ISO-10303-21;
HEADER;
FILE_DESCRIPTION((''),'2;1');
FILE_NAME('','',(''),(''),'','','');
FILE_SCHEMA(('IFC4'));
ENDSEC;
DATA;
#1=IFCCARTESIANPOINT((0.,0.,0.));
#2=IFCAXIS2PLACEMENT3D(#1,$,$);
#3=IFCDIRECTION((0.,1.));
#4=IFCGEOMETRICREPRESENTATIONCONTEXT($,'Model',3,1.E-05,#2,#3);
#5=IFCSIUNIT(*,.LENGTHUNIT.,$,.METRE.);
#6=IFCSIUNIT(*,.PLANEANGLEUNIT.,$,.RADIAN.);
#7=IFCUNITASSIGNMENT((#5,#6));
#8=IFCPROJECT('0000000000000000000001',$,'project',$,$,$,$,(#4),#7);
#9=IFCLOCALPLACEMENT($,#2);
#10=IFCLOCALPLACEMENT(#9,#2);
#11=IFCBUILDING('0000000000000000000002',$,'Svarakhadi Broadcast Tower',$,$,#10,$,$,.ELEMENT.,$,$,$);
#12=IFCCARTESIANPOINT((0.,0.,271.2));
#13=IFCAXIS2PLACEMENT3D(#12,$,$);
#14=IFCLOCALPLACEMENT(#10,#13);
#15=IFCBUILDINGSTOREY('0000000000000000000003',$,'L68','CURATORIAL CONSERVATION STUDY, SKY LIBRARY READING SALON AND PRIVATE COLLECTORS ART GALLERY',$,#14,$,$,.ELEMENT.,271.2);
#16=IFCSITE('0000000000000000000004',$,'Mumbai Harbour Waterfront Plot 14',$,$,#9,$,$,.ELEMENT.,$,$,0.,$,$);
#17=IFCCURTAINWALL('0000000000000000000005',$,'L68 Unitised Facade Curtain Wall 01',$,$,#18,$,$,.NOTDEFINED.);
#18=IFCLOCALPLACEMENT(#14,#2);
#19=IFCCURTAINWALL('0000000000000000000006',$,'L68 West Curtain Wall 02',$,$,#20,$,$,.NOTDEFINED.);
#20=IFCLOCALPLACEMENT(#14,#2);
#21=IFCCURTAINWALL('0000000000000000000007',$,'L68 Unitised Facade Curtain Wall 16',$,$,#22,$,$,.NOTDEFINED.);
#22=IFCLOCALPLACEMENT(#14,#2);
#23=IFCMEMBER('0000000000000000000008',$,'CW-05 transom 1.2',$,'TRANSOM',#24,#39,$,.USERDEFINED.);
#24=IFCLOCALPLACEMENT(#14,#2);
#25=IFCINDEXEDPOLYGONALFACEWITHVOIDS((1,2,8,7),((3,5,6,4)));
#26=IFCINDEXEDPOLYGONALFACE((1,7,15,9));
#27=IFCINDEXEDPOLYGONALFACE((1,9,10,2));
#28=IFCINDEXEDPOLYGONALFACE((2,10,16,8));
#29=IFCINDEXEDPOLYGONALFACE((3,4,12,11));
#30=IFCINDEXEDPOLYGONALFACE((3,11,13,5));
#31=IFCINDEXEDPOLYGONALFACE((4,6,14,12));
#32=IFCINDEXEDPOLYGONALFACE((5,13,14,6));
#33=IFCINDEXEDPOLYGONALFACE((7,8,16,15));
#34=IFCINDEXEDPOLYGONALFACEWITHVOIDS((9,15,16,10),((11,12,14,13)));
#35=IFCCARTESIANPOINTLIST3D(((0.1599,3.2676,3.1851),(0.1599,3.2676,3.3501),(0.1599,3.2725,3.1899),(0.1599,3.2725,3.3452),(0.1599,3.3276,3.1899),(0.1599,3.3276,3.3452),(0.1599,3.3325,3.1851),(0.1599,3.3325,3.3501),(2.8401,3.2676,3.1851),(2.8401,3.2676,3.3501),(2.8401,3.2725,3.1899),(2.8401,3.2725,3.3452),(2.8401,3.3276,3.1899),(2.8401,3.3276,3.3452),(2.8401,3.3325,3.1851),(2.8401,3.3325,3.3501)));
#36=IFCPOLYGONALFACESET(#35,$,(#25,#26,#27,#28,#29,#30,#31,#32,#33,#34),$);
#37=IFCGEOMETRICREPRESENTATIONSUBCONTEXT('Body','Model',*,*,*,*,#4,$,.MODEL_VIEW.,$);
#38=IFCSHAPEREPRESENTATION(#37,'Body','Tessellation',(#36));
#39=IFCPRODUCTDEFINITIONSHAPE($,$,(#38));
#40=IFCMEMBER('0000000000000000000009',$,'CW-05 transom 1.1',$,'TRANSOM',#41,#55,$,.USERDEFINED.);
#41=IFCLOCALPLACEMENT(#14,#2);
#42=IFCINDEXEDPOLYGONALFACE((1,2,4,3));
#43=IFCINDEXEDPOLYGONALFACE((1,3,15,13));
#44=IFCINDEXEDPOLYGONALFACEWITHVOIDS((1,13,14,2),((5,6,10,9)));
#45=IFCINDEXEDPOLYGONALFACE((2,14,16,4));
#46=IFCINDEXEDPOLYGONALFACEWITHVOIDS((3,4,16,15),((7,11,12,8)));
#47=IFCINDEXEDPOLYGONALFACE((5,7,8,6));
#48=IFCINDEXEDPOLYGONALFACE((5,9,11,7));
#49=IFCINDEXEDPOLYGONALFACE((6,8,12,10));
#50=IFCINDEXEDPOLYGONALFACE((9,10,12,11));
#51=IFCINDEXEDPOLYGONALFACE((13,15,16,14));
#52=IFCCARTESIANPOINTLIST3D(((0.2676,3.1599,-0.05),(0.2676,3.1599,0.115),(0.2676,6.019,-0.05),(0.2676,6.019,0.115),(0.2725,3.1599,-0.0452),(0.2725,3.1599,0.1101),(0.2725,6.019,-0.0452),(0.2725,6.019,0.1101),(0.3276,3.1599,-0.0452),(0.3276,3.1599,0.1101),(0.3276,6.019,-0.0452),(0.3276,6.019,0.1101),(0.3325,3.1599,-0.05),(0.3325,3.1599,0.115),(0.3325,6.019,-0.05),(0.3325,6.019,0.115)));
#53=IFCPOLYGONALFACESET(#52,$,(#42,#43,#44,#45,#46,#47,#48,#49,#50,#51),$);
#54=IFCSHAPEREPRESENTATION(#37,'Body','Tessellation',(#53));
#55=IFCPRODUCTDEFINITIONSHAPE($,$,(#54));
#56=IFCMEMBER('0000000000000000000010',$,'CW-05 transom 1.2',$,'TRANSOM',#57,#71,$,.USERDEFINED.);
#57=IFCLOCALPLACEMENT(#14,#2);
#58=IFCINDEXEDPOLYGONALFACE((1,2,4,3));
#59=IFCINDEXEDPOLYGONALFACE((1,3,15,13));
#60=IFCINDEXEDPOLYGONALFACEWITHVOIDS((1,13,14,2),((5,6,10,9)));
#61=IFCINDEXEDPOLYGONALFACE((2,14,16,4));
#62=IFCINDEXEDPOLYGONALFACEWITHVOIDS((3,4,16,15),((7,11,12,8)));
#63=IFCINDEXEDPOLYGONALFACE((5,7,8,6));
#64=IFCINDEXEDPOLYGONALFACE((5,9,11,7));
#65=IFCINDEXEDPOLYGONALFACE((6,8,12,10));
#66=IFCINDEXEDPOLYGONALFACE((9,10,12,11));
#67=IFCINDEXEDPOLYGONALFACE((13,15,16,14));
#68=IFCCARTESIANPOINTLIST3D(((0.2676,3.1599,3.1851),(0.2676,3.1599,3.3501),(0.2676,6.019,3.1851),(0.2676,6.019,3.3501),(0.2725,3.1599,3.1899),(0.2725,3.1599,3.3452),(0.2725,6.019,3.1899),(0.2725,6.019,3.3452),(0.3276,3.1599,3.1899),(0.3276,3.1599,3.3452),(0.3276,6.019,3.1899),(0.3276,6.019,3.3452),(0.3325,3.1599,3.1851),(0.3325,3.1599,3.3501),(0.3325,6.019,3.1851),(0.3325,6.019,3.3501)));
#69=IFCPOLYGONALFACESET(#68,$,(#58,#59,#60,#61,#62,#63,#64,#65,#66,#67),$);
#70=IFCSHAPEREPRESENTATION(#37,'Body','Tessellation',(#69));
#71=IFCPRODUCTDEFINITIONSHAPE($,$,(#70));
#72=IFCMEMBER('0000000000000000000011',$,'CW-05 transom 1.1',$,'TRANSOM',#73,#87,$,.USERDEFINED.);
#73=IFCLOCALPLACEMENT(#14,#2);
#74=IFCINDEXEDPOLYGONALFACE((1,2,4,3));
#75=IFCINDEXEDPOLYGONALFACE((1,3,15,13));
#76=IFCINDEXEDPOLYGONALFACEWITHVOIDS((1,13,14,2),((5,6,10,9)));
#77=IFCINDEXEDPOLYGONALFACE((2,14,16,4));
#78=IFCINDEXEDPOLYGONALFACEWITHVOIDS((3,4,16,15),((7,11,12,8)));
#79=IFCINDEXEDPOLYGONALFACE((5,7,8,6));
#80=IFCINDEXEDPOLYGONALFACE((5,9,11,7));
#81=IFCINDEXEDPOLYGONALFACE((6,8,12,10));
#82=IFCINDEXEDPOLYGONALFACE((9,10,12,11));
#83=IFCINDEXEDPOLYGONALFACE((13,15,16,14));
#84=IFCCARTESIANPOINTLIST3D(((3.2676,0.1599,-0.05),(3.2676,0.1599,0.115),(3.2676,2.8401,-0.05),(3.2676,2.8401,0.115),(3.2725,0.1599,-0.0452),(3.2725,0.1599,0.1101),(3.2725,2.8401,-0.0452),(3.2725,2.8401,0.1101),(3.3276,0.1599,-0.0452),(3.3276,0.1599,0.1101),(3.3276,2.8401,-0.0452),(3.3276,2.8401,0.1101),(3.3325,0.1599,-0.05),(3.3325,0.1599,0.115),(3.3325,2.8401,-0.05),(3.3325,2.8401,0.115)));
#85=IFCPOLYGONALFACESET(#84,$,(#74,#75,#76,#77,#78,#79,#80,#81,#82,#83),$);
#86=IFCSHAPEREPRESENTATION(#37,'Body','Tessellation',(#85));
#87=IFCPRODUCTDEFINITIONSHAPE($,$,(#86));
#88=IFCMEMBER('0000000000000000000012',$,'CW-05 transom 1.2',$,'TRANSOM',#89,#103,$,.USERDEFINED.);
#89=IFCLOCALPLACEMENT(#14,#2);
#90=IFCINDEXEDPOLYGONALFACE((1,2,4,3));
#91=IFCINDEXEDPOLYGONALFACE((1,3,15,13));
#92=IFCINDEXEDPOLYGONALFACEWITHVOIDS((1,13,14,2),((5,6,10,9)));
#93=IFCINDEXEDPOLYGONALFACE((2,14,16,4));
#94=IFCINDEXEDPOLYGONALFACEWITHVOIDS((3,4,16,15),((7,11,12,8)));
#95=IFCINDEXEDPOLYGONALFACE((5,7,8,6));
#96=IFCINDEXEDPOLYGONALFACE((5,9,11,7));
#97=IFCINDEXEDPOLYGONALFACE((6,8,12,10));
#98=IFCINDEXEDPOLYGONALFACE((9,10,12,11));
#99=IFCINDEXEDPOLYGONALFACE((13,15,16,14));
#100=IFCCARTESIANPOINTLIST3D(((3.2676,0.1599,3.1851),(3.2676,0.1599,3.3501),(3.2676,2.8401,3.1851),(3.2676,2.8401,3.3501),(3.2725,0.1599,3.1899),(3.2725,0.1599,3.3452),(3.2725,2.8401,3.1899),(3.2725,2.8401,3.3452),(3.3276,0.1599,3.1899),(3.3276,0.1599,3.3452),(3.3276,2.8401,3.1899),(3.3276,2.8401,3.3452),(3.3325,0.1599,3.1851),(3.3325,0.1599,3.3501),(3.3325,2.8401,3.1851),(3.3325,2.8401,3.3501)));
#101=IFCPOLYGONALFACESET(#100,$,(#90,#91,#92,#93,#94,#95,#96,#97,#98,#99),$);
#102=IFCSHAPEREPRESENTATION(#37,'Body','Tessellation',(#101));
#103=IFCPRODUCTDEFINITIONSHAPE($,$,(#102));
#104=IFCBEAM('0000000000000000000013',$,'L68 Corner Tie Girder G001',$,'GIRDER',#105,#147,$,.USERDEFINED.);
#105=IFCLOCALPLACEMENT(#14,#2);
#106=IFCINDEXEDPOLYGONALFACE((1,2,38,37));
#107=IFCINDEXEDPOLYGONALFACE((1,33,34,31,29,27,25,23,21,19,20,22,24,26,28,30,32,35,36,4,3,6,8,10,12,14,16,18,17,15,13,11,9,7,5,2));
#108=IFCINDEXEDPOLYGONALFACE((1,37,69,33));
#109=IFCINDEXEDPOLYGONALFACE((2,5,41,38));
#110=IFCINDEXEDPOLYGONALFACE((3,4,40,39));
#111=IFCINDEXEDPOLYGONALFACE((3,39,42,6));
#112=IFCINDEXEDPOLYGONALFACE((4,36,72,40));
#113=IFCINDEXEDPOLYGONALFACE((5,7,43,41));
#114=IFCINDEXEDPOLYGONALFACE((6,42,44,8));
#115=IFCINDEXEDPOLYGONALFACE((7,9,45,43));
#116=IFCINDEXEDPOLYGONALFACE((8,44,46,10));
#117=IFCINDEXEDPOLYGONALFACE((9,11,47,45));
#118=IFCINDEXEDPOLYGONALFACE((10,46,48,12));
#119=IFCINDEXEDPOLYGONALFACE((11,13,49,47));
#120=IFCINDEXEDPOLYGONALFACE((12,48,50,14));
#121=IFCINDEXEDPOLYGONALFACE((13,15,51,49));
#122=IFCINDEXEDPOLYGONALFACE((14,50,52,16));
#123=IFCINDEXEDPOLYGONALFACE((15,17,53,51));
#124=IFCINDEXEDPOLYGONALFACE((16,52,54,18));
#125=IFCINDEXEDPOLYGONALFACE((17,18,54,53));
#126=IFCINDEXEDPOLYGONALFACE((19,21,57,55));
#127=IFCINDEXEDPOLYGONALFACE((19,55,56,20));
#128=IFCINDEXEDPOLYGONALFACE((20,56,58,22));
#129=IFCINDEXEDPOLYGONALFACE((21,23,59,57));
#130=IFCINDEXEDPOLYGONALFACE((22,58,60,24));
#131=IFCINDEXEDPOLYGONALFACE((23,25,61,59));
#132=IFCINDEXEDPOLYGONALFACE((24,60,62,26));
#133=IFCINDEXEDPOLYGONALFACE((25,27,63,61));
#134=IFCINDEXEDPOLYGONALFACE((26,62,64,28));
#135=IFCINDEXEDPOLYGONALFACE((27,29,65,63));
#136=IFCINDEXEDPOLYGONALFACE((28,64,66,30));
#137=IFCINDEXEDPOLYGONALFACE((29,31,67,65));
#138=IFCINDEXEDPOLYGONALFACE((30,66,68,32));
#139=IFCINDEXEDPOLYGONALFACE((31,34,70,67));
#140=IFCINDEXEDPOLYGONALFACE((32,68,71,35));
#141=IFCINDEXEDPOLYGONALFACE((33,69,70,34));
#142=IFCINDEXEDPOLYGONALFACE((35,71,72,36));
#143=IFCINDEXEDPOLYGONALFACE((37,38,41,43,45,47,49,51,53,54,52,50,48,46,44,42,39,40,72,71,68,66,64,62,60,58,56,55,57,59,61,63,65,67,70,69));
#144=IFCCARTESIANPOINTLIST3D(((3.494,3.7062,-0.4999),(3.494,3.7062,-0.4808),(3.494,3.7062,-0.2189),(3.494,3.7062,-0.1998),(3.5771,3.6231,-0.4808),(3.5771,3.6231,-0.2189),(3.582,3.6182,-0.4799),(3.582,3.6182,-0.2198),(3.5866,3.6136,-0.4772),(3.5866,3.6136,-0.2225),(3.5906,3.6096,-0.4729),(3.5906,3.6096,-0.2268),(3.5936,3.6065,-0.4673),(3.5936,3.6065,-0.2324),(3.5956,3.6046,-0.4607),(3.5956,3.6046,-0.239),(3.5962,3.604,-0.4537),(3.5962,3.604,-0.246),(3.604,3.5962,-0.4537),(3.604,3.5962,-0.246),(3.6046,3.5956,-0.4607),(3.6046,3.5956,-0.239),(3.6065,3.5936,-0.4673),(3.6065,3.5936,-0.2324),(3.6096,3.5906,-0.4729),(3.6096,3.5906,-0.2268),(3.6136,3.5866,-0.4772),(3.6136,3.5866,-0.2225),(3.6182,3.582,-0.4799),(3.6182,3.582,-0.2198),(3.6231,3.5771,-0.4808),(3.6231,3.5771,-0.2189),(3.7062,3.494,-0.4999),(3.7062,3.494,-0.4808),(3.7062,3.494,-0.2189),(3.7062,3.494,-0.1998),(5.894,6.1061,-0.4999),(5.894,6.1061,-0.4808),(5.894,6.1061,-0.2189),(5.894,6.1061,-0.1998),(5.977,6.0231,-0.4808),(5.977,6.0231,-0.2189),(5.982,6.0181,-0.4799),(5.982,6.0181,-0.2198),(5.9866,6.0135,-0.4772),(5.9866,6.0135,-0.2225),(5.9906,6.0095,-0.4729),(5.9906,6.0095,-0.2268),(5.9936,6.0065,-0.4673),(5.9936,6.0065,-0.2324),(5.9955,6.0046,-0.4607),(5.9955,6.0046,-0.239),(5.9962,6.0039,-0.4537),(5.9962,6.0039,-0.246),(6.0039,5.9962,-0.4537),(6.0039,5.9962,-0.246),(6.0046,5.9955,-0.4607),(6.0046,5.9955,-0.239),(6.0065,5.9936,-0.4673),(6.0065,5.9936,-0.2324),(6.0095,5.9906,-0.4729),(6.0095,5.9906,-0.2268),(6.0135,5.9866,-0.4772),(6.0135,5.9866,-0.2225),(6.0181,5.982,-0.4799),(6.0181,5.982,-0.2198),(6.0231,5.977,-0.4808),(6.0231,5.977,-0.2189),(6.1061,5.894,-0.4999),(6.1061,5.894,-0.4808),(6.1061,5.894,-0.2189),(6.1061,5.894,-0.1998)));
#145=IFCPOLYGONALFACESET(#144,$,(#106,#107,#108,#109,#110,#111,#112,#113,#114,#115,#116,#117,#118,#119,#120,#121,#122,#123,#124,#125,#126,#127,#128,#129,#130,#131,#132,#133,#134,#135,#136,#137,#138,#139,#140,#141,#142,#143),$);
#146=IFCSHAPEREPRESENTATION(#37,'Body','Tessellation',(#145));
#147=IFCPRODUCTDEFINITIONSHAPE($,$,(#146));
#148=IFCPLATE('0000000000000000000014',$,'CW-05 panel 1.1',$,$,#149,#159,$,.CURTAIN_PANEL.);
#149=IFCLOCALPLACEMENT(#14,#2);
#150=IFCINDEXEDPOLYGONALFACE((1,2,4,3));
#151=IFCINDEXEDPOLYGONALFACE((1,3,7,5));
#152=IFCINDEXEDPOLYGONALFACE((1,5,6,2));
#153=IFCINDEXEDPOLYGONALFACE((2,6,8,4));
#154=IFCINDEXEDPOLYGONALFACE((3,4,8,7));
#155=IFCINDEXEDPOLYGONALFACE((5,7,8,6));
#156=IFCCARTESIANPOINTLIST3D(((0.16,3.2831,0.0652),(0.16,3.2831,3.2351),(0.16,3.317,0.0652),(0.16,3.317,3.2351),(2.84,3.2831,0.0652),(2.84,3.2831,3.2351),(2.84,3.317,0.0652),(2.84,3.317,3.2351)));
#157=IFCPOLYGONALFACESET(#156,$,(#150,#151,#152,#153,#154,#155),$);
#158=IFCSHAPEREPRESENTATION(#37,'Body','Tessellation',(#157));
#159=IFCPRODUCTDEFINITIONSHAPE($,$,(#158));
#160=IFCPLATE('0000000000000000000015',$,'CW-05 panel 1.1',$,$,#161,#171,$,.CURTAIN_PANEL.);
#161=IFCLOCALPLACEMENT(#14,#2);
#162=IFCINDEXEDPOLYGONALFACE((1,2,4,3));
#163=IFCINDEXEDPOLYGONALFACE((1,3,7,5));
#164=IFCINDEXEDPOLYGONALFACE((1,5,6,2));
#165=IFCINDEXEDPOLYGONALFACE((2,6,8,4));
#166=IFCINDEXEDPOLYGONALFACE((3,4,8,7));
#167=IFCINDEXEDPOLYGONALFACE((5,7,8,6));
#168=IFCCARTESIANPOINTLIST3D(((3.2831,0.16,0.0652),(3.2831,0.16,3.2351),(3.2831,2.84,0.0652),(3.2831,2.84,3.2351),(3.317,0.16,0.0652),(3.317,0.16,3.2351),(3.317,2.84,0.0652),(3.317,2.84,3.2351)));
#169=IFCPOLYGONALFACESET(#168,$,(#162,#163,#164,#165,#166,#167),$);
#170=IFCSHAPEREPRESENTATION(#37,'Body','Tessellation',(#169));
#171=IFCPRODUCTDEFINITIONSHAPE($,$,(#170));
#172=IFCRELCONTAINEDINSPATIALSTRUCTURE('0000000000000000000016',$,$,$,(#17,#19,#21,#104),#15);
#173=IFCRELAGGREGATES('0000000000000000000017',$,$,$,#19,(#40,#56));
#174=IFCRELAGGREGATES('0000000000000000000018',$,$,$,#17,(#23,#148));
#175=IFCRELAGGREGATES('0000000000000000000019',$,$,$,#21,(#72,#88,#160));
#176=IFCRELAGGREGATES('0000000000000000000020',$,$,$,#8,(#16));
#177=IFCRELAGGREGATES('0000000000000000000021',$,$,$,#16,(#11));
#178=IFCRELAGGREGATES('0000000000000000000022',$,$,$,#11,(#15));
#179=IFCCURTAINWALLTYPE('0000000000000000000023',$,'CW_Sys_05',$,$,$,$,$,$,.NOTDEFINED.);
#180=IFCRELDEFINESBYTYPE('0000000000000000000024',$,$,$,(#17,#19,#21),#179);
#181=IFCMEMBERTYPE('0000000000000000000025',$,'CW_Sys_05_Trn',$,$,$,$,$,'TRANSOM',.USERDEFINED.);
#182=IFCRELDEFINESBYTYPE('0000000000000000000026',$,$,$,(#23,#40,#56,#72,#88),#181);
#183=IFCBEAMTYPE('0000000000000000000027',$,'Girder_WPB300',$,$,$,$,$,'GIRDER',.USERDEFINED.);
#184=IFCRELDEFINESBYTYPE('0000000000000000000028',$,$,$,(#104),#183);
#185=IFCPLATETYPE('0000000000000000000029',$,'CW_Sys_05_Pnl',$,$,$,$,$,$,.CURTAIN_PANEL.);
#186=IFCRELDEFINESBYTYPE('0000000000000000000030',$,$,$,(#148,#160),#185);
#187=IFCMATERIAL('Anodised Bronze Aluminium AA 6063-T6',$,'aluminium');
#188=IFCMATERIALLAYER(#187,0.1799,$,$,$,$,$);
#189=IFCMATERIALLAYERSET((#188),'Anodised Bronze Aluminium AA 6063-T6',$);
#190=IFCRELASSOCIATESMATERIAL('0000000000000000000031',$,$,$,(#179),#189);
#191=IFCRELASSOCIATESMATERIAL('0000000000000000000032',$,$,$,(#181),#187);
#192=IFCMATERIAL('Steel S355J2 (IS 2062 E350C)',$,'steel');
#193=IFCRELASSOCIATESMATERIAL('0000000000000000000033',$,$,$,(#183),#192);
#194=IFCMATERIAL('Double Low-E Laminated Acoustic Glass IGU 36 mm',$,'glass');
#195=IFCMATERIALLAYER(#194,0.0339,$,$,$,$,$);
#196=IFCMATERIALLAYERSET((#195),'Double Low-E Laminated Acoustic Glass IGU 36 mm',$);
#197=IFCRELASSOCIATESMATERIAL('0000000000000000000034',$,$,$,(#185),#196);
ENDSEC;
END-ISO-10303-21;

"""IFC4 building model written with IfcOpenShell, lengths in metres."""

from ifc_helpers import new_model, si_unit, direction, frame, origin, origin_2d, place, context, subcontext, project, spatial, rectangle, hollow_rectangle, i_section, extrude, material, layer, layer_set, material_profile, profile_set, type_object, element, aggregate, save


model = new_model("IFC4")

# Units and contexts
model_context = context("Model", 3, precision=1e-05, world=origin(), true_north=direction((0.0, 1.0)))
body_context = subcontext(model_context, "Body", "Model", "MODEL_VIEW")
ifc_project = project(units=[si_unit("LENGTHUNIT", "METRE"), si_unit("PLANEANGLEUNIT", "RADIAN")], contexts=[model_context])

# Site, building, storey
site_placement = place(None, origin())
site = spatial("IfcSite", under=ifc_project, at=site_placement, Name="Mumbai Harbour Waterfront Plot 14", CompositionType="ELEMENT", RefElevation=0.0)
building_placement = place(site_placement, origin())
building = spatial("IfcBuilding", under=site, at=building_placement, Name="Svarakhadi Broadcast Tower", CompositionType="ELEMENT")
storey_placement = place(building_placement, frame((0.0, 0.0, 271.2)))
storey = spatial("IfcBuildingStorey", under=building, at=storey_placement, Name="L68", Description="CURATORIAL CONSERVATION STUDY, SKY LIBRARY READING SALON AND PRIVATE COLLECTORS ART GALLERY", CompositionType="ELEMENT", Elevation=271.2)

# Curtain wall
ifc_material_1 = material(Name="Anodised Bronze Aluminium AA 6063-T6", Category="aluminium")
ifc_layer_1 = layer(ifc_material_1, 0.1799)
ifc_layer_set_1 = layer_set([ifc_layer_1], Name="Anodised Bronze Aluminium AA 6063-T6")
curtain_wall_type = type_object("IfcCurtainWallType", Name="CW_Sys_05", PredefinedType="NOTDEFINED", material=ifc_layer_set_1)
curtain_wall_1_placement = place(storey_placement, origin())
curtain_wall_1 = element("IfcCurtainWall", 1, at=curtain_wall_1_placement, inside=storey, type_object=curtain_wall_type, Name="L68 Unitised Facade Curtain Wall 01", PredefinedType="NOTDEFINED")

# Curtain wall
curtain_wall_2_placement = place(storey_placement, origin())
curtain_wall_2 = element("IfcCurtainWall", 2, at=curtain_wall_2_placement, inside=storey, type_object=curtain_wall_type, Name="L68 West Curtain Wall 02", PredefinedType="NOTDEFINED")

# Curtain wall
curtain_wall_3_placement = place(storey_placement, origin())
curtain_wall_3 = element("IfcCurtainWall", 3, at=curtain_wall_3_placement, inside=storey, type_object=curtain_wall_type, Name="L68 Unitised Facade Curtain Wall 16", PredefinedType="NOTDEFINED")

# Members
ifc_material_profile_1 = material_profile(ifc_material_1, hollow_rectangle(XDim=0.0649, YDim=0.165, WallThickness=0.0049, at=origin_2d()), Name="ALU TRANSOM 165x65x5")
ifc_profile_set_1 = profile_set([ifc_material_profile_1], Name="Anodised Bronze Aluminium AA 6063-T6")
member_type_1 = type_object("IfcMemberType", Name="CW_Sys_05_Trn", ElementType="TRANSOM", PredefinedType="USERDEFINED", material=ifc_profile_set_1)
member_1_placement = place(storey_placement, frame((2.8401, 3.3, 3.2676), z_axis=(-1.0, 0.0, 0.0), x_axis=(0.0, -1.0, 0.0)))
member_1 = element("IfcMember", 4, at=member_1_placement, type_object=member_type_1, Name="CW-05 transom 1.2", ObjectType="TRANSOM", PredefinedType="USERDEFINED", context=body_context, shape_type="SweptSolid", body=[
    extrude(hollow_rectangle(XDim=0.0649, YDim=0.165, WallThickness=0.0049, at=origin_2d()), origin(), (0.0, 0.0, 1.0), 2.6802),
])
member_2_placement = place(storey_placement, frame((0.3, 3.1599, 0.0325), z_axis=(0.0, 1.0, 0.0), x_axis=(-1.0, 0.0, 0.0)))
member_2 = element("IfcMember", 5, at=member_2_placement, type_object=member_type_1, Name="CW-05 transom 1.1", ObjectType="TRANSOM", PredefinedType="USERDEFINED", context=body_context, shape_type="SweptSolid", body=[
    extrude(hollow_rectangle(XDim=0.0649, YDim=0.165, WallThickness=0.0049, at=origin_2d()), origin(), (0.0, 0.0, 1.0), 2.8591),
])
member_3_placement = place(storey_placement, frame((0.3, 3.1599, 3.2676), z_axis=(0.0, 1.0, 0.0), x_axis=(-1.0, 0.0, 0.0)))
member_3 = element("IfcMember", 6, at=member_3_placement, type_object=member_type_1, Name="CW-05 transom 1.2", ObjectType="TRANSOM", PredefinedType="USERDEFINED", context=body_context, shape_type="SweptSolid", body=[
    extrude(hollow_rectangle(XDim=0.0649, YDim=0.165, WallThickness=0.0049, at=origin_2d()), origin(), (0.0, 0.0, 1.0), 2.8591),
])
aggregate(curtain_wall_2, [member_2, member_3])
member_4_placement = place(storey_placement, frame((3.3, 0.1599, 0.0325), z_axis=(0.0, 1.0, 0.0), x_axis=(-1.0, 0.0, 0.0)))
member_4 = element("IfcMember", 7, at=member_4_placement, type_object=member_type_1, Name="CW-05 transom 1.1", ObjectType="TRANSOM", PredefinedType="USERDEFINED", context=body_context, shape_type="SweptSolid", body=[
    extrude(hollow_rectangle(XDim=0.0649, YDim=0.165, WallThickness=0.0049, at=origin_2d()), origin(), (0.0, 0.0, 1.0), 2.6802),
])
member_5_placement = place(storey_placement, frame((3.3, 0.1599, 3.2676), z_axis=(0.0, 1.0, 0.0), x_axis=(-1.0, 0.0, 0.0)))
member_5 = element("IfcMember", 8, at=member_5_placement, type_object=member_type_1, Name="CW-05 transom 1.2", ObjectType="TRANSOM", PredefinedType="USERDEFINED", context=body_context, shape_type="SweptSolid", body=[
    extrude(hollow_rectangle(XDim=0.0649, YDim=0.165, WallThickness=0.0049, at=origin_2d()), origin(), (0.0, 0.0, 1.0), 2.6802),
])

# Beam
ifc_material_2 = material(Name="Steel S355J2 (IS 2062 E350C)", Category="steel")
ifc_material_profile_2 = material_profile(ifc_material_2, i_section(OverallWidth=0.3, OverallDepth=0.3, WebThickness=0.011, FlangeThickness=0.019, FilletRadius=0.0271, at=origin_2d()), Name="WPB 300x300x117")
ifc_profile_set_2 = profile_set([ifc_material_profile_2], Name="Steel S355J2 (IS 2062 E350C)")
beam_type = type_object("IfcBeamType", Name="Girder_WPB300", ElementType="GIRDER", PredefinedType="USERDEFINED", material=ifc_profile_set_2)
beam_placement = place(storey_placement, frame((3.6001, 3.6001, -0.3499), z_axis=(0.707107, 0.707107, 0.0), x_axis=(-0.707107, 0.707107, 0.0)))
element("IfcBeam", 9, at=beam_placement, inside=storey, type_object=beam_type, Name="L68 Corner Tie Girder G001", ObjectType="GIRDER", PredefinedType="USERDEFINED", context=body_context, shape_type="SweptSolid", body=[
    extrude(i_section(OverallWidth=0.3, OverallDepth=0.3, WebThickness=0.011, FlangeThickness=0.019, FilletRadius=0.0271, at=origin_2d()), origin(), (0.0, 0.0, 1.0), 3.394),
])

# Plates
ifc_material_3 = material(Name="Double Low-E Laminated Acoustic Glass IGU 36 mm", Category="glass")
ifc_layer_2 = layer(ifc_material_3, 0.0339)
ifc_layer_set_2 = layer_set([ifc_layer_2], Name="Double Low-E Laminated Acoustic Glass IGU 36 mm")
plate_type = type_object("IfcPlateType", Name="CW_Sys_05_Pnl", PredefinedType="CURTAIN_PANEL", material=ifc_layer_set_2)
plate_1_placement = place(storey_placement, frame((1.5, 3.3, 0.0652), z_axis=(0.0, 0.0, 1.0), x_axis=(-1.0, 0.0, 0.0)))
plate_1 = element("IfcPlate", 10, at=plate_1_placement, type_object=plate_type, Name="CW-05 panel 1.1", PredefinedType="CURTAIN_PANEL", context=body_context, shape_type="SweptSolid", body=[
    extrude(rectangle(XDim=2.6799, YDim=0.0339, at=origin_2d()), origin(), (0.0, 0.0, 1.0), 3.1699),
])
aggregate(curtain_wall_1, [member_1, plate_1])
plate_2_placement = place(storey_placement, frame((3.3, 1.5, 0.0652), z_axis=(0.0, 0.0, 1.0), x_axis=(0.0, 1.0, 0.0)))
plate_2 = element("IfcPlate", 11, at=plate_2_placement, type_object=plate_type, Name="CW-05 panel 1.1", PredefinedType="CURTAIN_PANEL", context=body_context, shape_type="SweptSolid", body=[
    extrude(rectangle(XDim=2.6799, YDim=0.0339, at=origin_2d()), origin(), (0.0, 0.0, 1.0), 3.1699),
])
aggregate(curtain_wall_3, [member_4, member_5, plate_2])

save(model, "model.ifc")
